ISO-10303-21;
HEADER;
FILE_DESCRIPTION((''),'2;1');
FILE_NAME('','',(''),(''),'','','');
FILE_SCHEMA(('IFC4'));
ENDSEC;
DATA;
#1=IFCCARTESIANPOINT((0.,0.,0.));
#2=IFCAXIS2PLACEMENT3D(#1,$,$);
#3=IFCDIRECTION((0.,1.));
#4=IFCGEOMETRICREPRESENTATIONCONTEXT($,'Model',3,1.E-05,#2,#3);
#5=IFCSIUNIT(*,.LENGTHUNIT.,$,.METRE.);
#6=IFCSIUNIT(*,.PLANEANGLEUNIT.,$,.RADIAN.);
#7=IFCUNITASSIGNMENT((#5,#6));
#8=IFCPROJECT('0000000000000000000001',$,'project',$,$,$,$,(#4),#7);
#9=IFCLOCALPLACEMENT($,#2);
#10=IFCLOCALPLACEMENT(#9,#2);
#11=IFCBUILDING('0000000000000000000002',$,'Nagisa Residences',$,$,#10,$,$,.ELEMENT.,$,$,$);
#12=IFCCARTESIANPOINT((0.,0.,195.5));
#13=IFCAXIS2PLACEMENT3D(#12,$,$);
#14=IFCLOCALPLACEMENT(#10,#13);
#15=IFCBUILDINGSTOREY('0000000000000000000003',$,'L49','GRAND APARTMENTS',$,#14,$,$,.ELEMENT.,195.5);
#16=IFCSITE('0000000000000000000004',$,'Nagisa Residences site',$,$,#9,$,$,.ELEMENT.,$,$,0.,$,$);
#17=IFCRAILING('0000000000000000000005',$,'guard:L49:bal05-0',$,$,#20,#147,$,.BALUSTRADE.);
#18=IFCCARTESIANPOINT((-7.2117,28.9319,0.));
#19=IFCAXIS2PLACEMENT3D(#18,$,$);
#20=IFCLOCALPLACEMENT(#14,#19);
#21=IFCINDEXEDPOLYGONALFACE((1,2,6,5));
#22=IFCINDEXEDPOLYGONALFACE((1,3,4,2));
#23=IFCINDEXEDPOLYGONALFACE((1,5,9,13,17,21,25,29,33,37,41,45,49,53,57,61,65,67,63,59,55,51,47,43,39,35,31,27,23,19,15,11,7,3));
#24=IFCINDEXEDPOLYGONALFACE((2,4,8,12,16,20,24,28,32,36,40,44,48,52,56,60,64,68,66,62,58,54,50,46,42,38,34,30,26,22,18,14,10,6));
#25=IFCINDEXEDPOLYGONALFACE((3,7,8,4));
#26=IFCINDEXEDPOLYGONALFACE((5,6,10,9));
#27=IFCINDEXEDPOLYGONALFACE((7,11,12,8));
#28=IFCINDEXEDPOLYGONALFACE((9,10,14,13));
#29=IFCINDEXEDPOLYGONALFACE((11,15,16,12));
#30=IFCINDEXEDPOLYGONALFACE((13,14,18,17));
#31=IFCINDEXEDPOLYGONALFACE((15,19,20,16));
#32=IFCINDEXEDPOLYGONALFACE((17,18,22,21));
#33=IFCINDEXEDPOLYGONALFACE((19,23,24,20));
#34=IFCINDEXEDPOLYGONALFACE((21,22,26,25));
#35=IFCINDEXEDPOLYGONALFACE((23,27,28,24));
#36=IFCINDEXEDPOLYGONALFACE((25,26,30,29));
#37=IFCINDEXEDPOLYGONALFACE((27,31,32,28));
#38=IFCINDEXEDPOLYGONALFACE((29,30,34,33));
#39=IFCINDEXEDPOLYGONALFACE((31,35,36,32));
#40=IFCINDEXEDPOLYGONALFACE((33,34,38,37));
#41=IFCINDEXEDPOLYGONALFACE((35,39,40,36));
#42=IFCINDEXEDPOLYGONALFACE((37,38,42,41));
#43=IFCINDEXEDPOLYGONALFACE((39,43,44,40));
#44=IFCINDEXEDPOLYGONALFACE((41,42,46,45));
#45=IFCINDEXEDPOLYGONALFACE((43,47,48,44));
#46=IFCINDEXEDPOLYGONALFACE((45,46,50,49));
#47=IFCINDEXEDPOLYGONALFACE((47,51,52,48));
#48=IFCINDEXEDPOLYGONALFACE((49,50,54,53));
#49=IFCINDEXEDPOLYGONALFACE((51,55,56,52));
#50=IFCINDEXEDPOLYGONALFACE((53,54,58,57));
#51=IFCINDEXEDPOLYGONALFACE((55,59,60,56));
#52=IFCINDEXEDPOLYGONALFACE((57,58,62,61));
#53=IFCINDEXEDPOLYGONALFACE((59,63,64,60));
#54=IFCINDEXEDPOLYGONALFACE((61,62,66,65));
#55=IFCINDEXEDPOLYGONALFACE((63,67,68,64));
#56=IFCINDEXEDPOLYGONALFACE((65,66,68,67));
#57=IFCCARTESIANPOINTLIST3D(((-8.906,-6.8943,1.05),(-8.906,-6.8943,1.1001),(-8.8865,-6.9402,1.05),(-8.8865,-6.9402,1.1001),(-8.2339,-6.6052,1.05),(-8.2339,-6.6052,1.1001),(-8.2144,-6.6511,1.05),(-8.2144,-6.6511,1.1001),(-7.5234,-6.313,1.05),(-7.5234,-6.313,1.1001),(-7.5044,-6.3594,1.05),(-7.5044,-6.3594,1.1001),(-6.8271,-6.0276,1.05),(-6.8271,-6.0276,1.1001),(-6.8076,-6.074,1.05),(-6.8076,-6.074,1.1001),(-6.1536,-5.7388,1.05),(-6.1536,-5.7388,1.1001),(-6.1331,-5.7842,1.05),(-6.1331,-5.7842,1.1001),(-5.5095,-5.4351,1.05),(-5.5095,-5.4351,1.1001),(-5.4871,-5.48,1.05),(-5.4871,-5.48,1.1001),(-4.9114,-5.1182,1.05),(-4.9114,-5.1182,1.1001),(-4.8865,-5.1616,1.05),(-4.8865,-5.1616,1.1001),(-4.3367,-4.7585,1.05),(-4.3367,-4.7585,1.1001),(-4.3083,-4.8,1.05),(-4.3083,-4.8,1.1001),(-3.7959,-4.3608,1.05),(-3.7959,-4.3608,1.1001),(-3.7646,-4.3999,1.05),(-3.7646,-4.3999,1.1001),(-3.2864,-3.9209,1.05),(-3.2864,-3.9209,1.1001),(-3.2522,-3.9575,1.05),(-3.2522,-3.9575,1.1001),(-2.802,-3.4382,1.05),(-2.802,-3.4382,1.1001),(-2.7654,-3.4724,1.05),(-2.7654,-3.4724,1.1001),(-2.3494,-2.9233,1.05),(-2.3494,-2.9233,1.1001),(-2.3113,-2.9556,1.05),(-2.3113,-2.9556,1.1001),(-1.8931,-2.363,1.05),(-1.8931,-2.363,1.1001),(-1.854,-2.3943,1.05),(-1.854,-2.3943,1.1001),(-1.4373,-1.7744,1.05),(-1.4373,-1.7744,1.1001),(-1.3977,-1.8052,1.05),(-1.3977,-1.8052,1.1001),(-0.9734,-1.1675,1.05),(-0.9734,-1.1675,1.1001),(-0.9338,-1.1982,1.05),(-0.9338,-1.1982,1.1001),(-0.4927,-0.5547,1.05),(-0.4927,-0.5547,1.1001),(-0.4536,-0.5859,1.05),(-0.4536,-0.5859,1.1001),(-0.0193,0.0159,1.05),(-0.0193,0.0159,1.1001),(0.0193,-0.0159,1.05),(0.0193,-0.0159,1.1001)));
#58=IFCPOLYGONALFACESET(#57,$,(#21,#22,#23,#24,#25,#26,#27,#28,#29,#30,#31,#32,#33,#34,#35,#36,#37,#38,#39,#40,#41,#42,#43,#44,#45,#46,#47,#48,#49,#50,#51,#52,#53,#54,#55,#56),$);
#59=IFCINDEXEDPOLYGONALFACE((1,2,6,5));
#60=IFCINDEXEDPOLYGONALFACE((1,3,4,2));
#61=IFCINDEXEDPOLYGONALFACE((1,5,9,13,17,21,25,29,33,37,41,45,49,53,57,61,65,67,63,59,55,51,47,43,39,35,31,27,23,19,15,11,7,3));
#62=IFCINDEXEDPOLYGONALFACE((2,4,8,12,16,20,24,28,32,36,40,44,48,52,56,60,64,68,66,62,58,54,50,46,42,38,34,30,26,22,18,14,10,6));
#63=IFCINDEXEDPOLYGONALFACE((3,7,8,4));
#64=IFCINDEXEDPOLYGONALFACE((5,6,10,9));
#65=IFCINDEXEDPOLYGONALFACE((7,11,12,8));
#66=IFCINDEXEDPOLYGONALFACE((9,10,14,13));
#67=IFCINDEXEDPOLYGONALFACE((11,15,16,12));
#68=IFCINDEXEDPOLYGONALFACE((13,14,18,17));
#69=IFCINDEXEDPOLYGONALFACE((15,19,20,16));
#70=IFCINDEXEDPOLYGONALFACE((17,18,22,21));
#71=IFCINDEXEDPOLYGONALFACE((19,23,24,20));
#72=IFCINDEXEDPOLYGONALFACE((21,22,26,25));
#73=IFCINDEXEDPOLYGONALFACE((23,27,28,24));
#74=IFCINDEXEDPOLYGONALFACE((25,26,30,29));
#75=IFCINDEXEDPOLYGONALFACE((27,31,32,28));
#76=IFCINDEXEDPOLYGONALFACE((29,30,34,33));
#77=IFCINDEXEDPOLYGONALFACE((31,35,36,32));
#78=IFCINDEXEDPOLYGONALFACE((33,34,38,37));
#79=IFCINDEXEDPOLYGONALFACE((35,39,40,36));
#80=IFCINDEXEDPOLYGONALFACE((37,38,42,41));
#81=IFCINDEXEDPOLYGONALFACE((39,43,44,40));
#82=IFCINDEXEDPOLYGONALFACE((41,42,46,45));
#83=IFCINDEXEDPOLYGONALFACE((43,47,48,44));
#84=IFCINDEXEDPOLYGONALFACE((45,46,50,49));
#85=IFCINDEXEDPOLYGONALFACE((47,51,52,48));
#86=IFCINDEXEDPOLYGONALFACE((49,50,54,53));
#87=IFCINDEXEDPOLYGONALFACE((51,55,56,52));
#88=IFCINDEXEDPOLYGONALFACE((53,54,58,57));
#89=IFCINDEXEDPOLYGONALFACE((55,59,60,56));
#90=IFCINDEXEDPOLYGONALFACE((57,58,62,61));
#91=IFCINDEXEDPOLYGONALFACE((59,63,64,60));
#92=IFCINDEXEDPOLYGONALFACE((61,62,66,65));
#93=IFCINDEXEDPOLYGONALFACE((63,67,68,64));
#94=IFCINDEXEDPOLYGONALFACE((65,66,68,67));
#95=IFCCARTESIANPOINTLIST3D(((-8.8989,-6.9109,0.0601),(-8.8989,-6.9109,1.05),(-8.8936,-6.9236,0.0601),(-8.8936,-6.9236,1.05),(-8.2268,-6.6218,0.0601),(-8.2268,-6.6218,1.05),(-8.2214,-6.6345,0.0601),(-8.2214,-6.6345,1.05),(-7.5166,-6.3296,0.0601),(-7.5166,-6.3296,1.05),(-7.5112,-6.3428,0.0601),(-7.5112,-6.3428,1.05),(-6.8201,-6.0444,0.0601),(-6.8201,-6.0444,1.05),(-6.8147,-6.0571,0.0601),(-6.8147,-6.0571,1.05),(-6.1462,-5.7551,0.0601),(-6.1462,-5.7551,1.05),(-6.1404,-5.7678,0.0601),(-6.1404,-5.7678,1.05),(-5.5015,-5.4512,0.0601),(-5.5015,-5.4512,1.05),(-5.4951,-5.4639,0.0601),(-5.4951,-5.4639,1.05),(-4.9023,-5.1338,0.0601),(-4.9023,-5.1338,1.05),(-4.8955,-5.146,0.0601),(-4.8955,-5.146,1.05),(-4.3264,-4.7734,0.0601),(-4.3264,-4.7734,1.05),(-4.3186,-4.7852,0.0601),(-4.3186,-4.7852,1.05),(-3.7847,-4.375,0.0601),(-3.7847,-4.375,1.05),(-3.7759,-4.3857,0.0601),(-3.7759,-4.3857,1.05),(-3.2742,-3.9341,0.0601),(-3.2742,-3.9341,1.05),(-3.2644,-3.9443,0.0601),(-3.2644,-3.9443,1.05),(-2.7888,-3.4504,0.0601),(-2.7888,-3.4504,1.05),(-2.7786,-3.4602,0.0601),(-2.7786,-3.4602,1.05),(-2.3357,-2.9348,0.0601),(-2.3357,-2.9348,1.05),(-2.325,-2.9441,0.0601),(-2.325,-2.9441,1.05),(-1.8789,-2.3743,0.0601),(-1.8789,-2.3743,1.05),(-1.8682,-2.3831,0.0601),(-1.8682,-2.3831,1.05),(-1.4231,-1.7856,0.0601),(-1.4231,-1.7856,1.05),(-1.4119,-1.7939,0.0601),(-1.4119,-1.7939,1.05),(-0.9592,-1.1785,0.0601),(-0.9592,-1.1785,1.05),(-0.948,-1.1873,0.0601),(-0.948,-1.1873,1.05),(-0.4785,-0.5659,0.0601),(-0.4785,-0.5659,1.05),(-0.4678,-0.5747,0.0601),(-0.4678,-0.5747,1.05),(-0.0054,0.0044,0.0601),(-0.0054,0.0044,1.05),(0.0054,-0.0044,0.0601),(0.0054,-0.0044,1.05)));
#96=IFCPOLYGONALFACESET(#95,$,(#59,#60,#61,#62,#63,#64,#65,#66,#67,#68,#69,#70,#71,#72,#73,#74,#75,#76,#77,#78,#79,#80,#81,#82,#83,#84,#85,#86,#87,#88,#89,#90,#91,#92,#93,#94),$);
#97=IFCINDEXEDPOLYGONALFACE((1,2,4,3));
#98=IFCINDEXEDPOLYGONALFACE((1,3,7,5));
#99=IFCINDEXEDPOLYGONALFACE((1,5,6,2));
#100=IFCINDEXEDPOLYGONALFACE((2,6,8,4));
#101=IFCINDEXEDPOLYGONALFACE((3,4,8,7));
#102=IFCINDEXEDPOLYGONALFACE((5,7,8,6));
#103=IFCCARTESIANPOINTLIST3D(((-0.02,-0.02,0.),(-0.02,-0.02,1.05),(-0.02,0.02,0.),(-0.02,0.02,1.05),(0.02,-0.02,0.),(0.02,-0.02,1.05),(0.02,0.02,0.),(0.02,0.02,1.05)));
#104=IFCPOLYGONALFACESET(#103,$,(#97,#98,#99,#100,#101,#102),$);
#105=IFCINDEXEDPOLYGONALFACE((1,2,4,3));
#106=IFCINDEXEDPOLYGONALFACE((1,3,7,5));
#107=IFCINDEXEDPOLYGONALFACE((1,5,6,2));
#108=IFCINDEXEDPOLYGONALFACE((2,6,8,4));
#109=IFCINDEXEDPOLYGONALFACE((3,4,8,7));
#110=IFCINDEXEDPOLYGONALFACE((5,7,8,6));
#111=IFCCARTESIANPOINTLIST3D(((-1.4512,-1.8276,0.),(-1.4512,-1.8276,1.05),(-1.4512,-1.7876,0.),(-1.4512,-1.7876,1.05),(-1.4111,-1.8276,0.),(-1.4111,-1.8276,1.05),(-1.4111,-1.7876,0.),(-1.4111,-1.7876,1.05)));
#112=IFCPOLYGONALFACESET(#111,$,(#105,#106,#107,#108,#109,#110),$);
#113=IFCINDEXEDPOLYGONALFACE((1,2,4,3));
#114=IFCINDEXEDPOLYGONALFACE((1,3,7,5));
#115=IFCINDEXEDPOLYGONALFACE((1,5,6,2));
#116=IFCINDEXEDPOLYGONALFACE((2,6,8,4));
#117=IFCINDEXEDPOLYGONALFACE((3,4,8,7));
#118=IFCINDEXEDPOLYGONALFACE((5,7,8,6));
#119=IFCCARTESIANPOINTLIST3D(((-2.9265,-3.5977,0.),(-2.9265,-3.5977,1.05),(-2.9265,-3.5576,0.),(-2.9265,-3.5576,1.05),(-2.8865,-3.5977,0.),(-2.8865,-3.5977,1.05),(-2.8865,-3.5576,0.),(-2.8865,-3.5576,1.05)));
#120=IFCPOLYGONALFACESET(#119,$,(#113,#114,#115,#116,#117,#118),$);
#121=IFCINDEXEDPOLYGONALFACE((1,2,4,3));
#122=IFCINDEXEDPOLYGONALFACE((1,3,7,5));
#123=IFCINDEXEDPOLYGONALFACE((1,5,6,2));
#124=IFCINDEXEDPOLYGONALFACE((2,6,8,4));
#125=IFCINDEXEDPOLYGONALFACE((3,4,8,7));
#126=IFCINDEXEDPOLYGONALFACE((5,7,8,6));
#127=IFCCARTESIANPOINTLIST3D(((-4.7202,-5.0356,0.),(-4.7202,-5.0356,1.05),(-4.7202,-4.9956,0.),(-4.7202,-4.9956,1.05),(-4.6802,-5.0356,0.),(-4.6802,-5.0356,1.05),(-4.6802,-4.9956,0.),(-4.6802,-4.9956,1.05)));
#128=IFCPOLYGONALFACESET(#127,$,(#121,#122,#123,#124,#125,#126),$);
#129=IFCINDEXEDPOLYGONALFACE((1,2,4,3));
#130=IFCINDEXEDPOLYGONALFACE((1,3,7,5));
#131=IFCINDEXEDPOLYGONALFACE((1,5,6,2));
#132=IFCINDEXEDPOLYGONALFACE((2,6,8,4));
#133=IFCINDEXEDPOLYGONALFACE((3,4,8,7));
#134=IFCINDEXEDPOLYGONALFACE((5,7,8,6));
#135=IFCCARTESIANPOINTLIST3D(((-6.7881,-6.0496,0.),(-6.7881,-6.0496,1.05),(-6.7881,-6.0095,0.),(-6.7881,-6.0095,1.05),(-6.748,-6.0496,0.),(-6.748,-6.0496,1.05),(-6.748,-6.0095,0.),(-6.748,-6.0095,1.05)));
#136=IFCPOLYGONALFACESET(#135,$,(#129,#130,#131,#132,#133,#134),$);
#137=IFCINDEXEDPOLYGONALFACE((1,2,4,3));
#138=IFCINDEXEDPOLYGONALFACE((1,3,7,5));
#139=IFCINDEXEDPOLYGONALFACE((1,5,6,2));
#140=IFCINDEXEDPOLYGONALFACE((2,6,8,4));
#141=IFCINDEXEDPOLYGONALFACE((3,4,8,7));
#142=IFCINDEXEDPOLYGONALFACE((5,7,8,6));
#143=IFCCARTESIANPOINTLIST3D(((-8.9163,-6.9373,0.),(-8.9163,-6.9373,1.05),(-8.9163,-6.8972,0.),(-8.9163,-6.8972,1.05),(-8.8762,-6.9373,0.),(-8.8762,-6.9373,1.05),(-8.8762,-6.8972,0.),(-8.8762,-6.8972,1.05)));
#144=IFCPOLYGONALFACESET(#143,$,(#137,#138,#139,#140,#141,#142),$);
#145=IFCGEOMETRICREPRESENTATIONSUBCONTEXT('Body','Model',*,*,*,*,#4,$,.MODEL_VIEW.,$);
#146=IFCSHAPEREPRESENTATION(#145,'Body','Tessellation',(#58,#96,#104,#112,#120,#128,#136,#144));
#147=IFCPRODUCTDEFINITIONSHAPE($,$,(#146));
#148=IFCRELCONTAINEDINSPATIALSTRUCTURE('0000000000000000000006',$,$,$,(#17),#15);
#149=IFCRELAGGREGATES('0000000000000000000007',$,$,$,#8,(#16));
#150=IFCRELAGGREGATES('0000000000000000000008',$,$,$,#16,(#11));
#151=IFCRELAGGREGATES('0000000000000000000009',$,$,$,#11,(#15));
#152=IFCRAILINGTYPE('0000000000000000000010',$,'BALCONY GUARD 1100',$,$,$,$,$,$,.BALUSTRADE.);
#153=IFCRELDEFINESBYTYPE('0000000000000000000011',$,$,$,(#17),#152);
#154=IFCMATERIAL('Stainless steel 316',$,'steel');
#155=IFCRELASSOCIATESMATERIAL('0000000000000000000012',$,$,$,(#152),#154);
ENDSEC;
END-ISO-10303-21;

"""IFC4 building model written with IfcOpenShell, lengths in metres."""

from ifc_helpers import new_model, si_unit, direction, frame, origin, origin_2d, place, context, subcontext, project, spatial, polyline, rectangle, outline, extrude, material, type_object, element, save


model = new_model("IFC4")

# Units and contexts
model_context = context("Model", 3, precision=1e-05, world=origin(), true_north=direction((0.0, 1.0)))
body_context = subcontext(model_context, "Body", "Model", "MODEL_VIEW")
ifc_project = project(units=[si_unit("LENGTHUNIT", "METRE"), si_unit("PLANEANGLEUNIT", "RADIAN")], contexts=[model_context])

# Site, building, storey
site_placement = place(None, origin())
site = spatial("IfcSite", under=ifc_project, at=site_placement, Name="Nagisa Residences site", CompositionType="ELEMENT", RefElevation=0.0)
building_placement = place(site_placement, origin())
building = spatial("IfcBuilding", under=site, at=building_placement, Name="Nagisa Residences", CompositionType="ELEMENT")
storey_placement = place(building_placement, frame((0.0, 0.0, 195.5)))
storey = spatial("IfcBuildingStorey", under=building, at=storey_placement, Name="L49", Description="GRAND APARTMENTS", CompositionType="ELEMENT", Elevation=195.5)

# Railing
ifc_material_1 = material(Name="Stainless steel 316", Category="steel")
railing_type = type_object("IfcRailingType", Name="BALCONY GUARD 1100", PredefinedType="BALUSTRADE", material=ifc_material_1)
railing_placement = place(storey_placement, frame((-7.2117, 28.9319, 0.0)))
element("IfcRailing", 1, at=railing_placement, inside=storey, type_object=railing_type, Name="guard:L49:bal05-0", PredefinedType="BALUSTRADE", context=body_context, shape_type="SweptSolid", body=[
    extrude(outline(polyline([(-0.4536, -0.5859), (0.0193, -0.0159), (-0.0193, 0.0159), (-0.4927, -0.5547), (-0.9734, -1.1675), (-1.4373, -1.7744), (-1.8931, -2.363), (-2.3494, -2.9233), (-2.802, -3.4382), (-3.2864, -3.9209), (-3.7959, -4.3608), (-4.3367, -4.7585), (-4.9114, -5.1182), (-5.5095, -5.4351), (-6.1536, -5.7388), (-6.8271, -6.0276), (-7.5234, -6.313), (-8.2339, -6.6052), (-8.906, -6.8943), (-8.8865, -6.9402), (-8.2144, -6.6511), (-7.5044, -6.3594), (-6.8076, -6.074), (-6.1331, -5.7842), (-5.4871, -5.48), (-4.8865, -5.1616), (-4.3083, -4.8), (-3.7646, -4.3999), (-3.2522, -3.9575), (-2.7654, -3.4724), (-2.3113, -2.9556), (-1.854, -2.3943), (-1.3977, -1.8052), (-0.9338, -1.1982), (-0.4536, -0.5859)])), frame((0.0, 0.0, 1.05)), (0.0, 0.0, 1.0), 0.05),
    extrude(outline(polyline([(-0.4678, -0.5747), (0.0054, -0.0044), (-0.0054, 0.0044), (-0.4785, -0.5659), (-0.9592, -1.1785), (-1.4231, -1.7856), (-1.8789, -2.3743), (-2.3357, -2.9348), (-2.7888, -3.4504), (-3.2742, -3.9341), (-3.7847, -4.375), (-4.3264, -4.7734), (-4.9023, -5.1338), (-5.5015, -5.4512), (-6.1462, -5.7551), (-6.8201, -6.0444), (-7.5166, -6.3296), (-8.2268, -6.6218), (-8.8989, -6.9109), (-8.8936, -6.9236), (-8.2214, -6.6345), (-7.5112, -6.3428), (-6.8147, -6.0571), (-6.1404, -5.7678), (-5.4951, -5.4639), (-4.8955, -5.146), (-4.3186, -4.7852), (-3.7759, -4.3857), (-3.2644, -3.9443), (-2.7786, -3.4602), (-2.325, -2.9441), (-1.8682, -2.3831), (-1.4119, -1.7939), (-0.948, -1.1873), (-0.4678, -0.5747)])), frame((0.0, 0.0, 0.0601)), (0.0, 0.0, 1.0), 0.99),
    extrude(rectangle(XDim=0.04, YDim=0.04, at=origin_2d()), origin(), (0.0, 0.0, 1.0), 1.05),
    extrude(rectangle(XDim=0.04, YDim=0.04, at=origin_2d()), frame((-1.4312, -1.8076, 0.0)), (0.0, 0.0, 1.0), 1.05),
    extrude(rectangle(XDim=0.04, YDim=0.04, at=origin_2d()), frame((-2.9065, -3.5776, 0.0)), (0.0, 0.0, 1.0), 1.05),
    extrude(rectangle(XDim=0.04, YDim=0.04, at=origin_2d()), frame((-4.7002, -5.0156, 0.0)), (0.0, 0.0, 1.0), 1.05),
    extrude(rectangle(XDim=0.04, YDim=0.04, at=origin_2d()), frame((-6.7681, -6.0295, 0.0)), (0.0, 0.0, 1.0), 1.05),
    extrude(rectangle(XDim=0.04, YDim=0.04, at=origin_2d()), frame((-8.8962, -6.9172, 0.0)), (0.0, 0.0, 1.0), 1.05),
])

save(model, "model.ifc")
